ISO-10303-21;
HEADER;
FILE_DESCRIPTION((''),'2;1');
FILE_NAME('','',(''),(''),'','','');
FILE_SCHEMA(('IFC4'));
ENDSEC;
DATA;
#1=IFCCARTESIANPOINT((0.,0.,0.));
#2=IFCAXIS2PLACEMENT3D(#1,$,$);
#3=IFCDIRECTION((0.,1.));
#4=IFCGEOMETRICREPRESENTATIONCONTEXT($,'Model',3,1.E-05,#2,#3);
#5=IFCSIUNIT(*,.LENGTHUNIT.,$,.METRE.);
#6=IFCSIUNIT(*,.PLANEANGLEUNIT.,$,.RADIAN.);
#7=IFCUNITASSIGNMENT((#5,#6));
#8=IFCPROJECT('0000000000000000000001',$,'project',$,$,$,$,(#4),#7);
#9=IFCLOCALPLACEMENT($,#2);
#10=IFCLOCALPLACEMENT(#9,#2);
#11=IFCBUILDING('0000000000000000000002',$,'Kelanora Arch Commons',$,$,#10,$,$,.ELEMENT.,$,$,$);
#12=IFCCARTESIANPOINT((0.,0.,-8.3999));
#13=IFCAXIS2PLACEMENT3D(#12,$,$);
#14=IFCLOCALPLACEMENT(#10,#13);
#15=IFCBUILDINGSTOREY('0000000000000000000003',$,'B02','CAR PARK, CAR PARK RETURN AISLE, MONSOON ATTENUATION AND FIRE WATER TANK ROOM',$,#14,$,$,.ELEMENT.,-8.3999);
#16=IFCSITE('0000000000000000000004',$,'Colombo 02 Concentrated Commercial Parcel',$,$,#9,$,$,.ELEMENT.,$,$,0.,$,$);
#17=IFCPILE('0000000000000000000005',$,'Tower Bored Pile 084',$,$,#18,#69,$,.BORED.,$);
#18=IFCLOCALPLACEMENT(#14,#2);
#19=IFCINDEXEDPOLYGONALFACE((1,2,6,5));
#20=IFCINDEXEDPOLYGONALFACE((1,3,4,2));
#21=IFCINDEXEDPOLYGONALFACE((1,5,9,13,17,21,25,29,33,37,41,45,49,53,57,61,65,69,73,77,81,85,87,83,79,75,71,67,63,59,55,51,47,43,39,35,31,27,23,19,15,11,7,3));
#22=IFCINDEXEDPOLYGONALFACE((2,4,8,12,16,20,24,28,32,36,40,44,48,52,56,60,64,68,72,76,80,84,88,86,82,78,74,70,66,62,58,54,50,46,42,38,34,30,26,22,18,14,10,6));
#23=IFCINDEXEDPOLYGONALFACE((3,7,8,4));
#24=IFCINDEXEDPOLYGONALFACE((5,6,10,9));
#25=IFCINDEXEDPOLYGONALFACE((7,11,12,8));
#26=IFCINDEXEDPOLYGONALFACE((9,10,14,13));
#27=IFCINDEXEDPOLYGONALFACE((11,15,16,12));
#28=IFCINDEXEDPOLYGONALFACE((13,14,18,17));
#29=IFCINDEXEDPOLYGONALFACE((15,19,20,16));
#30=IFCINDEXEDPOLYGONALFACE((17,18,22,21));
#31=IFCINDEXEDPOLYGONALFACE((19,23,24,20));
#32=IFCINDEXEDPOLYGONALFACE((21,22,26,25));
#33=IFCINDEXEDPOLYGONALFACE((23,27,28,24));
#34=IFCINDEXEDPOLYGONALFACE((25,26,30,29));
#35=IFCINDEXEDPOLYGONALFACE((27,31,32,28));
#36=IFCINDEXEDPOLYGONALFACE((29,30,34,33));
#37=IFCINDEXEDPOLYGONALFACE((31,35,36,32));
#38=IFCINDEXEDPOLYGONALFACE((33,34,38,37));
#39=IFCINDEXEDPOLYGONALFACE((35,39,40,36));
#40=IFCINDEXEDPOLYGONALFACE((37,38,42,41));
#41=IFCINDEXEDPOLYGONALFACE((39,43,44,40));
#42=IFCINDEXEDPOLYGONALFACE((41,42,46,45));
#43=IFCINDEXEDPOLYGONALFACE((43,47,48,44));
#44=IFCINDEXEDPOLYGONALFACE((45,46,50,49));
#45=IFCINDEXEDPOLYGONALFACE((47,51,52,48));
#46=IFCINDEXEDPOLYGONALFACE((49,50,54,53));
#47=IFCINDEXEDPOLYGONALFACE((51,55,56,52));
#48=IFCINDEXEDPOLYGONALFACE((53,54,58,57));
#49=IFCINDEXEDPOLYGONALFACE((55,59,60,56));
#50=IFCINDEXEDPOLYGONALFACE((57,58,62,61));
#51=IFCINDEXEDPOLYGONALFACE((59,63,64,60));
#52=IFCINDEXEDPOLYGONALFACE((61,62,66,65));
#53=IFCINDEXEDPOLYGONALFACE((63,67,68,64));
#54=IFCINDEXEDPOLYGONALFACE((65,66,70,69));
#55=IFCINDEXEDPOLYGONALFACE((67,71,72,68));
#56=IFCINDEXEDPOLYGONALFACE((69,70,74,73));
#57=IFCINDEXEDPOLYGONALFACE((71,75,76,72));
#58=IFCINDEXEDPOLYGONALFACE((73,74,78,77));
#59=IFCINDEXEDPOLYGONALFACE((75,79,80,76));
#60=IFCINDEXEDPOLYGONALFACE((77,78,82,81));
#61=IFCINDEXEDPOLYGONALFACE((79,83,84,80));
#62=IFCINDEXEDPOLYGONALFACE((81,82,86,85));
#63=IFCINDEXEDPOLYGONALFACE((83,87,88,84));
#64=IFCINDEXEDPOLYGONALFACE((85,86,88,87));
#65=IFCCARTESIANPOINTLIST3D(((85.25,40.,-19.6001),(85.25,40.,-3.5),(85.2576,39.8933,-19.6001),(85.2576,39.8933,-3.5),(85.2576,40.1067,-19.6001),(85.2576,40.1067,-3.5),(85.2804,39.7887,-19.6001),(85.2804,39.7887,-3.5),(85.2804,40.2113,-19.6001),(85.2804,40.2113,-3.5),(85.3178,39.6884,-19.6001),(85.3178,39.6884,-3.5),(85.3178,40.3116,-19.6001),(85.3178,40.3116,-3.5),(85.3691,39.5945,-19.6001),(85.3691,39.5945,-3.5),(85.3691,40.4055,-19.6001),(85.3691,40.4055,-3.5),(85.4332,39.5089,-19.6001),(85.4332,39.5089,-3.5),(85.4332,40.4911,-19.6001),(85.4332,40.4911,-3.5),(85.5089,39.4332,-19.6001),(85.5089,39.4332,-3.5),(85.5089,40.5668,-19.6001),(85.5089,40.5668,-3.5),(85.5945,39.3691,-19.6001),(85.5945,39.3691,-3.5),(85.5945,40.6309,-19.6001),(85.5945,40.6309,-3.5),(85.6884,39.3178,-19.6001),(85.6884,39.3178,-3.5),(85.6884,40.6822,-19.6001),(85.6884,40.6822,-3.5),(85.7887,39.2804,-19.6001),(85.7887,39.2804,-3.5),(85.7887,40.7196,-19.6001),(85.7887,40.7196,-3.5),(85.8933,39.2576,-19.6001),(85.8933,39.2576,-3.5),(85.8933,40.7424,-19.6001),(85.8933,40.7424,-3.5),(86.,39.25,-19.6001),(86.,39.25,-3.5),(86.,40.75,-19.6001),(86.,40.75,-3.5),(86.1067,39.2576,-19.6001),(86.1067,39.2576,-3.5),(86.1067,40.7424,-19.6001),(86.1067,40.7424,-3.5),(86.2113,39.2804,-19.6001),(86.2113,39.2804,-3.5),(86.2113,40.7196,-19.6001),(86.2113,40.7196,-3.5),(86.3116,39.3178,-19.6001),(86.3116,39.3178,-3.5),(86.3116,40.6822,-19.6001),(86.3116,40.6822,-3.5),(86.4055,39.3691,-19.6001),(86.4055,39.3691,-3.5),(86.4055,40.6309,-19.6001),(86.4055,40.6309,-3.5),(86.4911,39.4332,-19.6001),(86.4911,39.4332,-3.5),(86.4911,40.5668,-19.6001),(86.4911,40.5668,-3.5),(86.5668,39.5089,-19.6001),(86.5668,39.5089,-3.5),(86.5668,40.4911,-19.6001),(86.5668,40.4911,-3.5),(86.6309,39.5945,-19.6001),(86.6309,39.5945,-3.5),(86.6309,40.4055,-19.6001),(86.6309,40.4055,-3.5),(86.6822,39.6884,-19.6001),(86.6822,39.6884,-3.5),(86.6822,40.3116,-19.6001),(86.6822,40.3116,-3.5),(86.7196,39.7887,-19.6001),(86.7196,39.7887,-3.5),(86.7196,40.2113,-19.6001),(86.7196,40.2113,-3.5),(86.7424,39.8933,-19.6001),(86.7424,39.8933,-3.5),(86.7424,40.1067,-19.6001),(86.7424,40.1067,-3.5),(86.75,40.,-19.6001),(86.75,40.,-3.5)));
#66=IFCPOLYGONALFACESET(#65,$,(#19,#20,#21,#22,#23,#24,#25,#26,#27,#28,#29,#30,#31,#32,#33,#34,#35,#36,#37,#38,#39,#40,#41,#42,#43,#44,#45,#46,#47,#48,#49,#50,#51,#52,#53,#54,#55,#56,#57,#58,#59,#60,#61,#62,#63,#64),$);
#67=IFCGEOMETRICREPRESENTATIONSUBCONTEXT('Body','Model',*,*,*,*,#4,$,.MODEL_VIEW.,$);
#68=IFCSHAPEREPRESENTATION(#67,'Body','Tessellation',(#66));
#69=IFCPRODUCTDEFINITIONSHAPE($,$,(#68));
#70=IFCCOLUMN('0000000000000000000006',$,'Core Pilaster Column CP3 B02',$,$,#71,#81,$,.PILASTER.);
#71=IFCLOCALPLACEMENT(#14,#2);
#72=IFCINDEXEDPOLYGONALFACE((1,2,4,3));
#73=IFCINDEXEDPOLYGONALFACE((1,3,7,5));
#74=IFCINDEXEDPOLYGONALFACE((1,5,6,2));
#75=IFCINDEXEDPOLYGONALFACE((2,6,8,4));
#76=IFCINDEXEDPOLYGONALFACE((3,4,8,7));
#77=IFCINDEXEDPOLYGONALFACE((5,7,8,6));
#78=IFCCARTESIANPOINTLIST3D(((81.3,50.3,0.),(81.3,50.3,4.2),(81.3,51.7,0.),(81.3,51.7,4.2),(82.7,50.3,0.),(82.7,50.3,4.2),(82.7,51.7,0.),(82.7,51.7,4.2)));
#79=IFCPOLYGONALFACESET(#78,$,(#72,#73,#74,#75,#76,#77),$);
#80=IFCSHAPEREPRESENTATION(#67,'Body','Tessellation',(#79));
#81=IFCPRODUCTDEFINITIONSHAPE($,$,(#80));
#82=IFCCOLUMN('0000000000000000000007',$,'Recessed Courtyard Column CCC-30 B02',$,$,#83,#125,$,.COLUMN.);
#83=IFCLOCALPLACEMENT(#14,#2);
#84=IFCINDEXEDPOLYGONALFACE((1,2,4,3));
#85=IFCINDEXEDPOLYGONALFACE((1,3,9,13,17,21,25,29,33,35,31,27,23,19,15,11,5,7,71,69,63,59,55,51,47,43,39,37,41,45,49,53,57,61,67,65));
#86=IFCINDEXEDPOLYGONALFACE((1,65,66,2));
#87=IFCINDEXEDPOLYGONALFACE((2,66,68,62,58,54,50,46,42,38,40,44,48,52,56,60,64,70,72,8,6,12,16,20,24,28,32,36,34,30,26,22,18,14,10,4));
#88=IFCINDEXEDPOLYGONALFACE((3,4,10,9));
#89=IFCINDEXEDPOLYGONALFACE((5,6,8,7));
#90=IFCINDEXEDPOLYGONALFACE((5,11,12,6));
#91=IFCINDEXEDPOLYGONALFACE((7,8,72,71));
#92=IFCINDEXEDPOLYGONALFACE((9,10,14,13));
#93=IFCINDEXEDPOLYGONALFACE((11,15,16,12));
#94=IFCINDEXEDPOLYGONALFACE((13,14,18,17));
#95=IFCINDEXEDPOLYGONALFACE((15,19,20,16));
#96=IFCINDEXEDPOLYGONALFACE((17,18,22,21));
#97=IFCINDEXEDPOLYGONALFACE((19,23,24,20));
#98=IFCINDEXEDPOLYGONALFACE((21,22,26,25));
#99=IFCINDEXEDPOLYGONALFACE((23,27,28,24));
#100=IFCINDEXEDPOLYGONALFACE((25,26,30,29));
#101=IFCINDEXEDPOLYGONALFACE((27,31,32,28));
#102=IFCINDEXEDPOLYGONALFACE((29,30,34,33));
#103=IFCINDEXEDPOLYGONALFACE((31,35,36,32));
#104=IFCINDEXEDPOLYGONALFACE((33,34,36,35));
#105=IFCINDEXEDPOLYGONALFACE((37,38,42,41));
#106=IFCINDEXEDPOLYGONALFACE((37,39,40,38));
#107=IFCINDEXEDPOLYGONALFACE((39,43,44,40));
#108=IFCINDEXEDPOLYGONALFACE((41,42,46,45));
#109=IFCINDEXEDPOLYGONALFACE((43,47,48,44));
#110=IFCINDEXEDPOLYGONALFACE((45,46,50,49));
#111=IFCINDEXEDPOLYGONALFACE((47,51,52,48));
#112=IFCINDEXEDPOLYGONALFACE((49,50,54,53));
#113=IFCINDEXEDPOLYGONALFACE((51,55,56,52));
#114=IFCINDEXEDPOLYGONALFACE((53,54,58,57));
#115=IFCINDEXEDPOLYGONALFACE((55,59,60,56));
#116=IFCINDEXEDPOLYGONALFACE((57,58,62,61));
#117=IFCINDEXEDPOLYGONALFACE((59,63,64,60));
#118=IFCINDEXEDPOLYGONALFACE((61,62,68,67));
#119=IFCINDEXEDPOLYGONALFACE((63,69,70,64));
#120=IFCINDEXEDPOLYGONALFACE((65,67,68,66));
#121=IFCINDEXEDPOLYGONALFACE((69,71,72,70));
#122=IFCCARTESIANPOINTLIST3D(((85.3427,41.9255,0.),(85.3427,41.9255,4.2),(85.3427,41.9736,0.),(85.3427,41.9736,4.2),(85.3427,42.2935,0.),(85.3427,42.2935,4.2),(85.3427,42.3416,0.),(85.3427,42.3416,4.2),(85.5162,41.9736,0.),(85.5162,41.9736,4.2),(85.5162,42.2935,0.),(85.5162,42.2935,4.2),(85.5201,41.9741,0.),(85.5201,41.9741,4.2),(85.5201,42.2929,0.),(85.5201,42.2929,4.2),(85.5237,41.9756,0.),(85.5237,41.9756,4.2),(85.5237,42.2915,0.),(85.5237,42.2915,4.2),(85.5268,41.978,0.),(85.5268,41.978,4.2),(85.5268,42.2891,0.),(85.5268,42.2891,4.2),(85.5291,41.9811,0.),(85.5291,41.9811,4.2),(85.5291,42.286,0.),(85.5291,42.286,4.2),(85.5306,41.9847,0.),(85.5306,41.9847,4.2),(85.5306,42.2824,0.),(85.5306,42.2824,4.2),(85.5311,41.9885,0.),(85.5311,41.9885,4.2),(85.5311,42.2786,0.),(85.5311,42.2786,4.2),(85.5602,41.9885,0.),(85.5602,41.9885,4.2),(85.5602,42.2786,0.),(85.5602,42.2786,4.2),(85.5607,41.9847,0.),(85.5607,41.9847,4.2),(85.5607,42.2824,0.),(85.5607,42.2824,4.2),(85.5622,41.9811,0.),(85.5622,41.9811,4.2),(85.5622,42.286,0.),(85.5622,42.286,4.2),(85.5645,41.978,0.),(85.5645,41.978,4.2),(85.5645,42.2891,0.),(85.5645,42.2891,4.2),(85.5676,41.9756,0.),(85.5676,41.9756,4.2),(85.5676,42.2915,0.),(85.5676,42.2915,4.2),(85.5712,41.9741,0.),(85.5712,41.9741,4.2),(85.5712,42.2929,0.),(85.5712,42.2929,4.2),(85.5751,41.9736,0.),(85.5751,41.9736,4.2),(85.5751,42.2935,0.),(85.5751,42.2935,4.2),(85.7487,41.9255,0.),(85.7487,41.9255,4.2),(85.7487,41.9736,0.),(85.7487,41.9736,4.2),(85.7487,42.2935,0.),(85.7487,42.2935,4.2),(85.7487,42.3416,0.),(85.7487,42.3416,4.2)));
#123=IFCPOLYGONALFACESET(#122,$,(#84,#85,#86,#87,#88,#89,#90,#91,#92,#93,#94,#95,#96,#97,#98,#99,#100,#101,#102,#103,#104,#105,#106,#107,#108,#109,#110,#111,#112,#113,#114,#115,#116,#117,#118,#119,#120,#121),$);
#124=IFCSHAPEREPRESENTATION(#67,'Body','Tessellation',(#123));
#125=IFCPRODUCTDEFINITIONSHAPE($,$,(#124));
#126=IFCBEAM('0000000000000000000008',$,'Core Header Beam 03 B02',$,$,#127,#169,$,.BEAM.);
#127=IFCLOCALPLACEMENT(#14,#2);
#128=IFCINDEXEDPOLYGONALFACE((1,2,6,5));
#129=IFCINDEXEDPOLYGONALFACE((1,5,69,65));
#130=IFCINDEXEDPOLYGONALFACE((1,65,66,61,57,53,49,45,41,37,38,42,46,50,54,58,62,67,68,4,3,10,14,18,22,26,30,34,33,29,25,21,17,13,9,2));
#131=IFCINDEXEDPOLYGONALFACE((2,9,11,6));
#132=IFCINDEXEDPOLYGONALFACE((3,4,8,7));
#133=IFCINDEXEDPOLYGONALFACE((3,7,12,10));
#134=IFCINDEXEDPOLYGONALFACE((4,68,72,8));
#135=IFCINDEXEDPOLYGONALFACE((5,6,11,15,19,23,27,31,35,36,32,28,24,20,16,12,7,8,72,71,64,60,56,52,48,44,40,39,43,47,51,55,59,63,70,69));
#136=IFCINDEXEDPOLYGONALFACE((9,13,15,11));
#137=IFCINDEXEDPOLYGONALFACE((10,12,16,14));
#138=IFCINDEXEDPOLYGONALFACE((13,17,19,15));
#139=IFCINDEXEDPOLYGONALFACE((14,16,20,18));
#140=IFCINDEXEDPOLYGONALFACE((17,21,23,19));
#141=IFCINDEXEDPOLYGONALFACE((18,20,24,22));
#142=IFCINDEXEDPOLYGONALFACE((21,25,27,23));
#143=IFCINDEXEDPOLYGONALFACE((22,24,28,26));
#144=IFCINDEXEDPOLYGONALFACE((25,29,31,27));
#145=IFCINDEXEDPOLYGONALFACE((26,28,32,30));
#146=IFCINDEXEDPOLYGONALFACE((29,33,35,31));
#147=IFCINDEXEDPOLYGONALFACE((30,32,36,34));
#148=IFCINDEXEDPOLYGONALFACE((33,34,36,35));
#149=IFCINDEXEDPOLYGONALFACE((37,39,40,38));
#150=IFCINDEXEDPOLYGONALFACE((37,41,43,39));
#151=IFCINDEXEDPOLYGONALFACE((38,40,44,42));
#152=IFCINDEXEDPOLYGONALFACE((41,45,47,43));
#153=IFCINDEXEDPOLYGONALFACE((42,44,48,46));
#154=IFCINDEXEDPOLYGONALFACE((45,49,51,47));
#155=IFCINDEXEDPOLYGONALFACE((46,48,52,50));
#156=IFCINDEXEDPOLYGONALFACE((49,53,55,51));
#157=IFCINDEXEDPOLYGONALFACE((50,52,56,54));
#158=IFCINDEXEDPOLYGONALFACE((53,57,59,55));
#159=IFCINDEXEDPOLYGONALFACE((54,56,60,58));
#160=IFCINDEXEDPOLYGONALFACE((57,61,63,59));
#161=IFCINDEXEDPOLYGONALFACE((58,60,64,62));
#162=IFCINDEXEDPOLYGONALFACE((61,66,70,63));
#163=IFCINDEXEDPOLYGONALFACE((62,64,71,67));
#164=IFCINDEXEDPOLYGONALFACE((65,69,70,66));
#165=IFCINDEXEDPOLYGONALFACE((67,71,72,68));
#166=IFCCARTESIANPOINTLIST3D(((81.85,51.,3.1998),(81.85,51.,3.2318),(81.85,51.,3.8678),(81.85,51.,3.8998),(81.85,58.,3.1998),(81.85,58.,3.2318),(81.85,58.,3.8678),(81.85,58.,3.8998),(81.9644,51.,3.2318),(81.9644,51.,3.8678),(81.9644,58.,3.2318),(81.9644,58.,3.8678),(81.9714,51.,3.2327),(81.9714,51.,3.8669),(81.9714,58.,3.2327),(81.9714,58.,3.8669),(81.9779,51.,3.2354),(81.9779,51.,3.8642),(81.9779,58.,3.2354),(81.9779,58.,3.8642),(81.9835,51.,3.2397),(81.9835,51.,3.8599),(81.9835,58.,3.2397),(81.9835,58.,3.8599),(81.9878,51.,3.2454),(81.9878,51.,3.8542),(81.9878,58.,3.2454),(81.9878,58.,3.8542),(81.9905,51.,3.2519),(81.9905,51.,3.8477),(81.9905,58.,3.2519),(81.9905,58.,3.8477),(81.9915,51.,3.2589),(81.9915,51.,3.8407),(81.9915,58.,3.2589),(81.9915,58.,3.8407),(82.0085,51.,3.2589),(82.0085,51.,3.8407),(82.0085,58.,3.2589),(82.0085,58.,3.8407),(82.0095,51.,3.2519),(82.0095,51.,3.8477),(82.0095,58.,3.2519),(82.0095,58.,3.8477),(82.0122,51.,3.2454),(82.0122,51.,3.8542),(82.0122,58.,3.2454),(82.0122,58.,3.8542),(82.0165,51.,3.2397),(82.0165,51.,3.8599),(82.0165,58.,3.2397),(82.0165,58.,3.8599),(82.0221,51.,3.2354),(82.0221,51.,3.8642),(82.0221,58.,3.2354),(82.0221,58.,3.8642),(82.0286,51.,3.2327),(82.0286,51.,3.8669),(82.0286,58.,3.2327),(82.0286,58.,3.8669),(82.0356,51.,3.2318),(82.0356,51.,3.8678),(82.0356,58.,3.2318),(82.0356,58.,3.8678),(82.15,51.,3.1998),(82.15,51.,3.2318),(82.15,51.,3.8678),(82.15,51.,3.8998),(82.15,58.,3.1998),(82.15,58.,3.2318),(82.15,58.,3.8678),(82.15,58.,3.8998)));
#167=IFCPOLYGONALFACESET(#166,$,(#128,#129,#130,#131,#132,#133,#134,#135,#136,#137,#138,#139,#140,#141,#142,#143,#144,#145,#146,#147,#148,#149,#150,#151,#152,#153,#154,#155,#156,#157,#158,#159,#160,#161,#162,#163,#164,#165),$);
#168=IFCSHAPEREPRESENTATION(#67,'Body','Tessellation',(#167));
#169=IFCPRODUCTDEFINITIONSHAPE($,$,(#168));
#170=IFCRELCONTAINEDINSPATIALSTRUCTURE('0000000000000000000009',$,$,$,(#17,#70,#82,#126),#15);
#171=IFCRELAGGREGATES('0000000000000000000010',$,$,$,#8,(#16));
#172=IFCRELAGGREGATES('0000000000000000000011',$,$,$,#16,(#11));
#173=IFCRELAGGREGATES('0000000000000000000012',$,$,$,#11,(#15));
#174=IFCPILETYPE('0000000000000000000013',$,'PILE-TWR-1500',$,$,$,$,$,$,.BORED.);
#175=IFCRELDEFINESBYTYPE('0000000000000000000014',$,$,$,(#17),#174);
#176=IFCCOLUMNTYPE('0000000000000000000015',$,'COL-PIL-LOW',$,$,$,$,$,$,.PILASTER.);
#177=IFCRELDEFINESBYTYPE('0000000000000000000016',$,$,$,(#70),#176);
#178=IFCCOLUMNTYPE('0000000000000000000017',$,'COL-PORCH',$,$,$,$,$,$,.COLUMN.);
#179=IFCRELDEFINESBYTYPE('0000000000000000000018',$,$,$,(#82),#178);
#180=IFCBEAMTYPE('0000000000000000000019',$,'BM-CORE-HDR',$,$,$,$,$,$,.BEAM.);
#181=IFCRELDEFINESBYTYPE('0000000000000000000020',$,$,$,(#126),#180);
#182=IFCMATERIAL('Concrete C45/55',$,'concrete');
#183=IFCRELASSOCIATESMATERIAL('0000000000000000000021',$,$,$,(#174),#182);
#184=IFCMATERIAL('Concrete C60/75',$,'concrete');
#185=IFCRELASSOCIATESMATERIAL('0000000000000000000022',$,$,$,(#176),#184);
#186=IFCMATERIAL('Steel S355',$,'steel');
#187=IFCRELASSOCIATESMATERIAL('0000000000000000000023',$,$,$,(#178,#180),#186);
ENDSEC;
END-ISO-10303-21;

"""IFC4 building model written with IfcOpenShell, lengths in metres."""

from ifc_helpers import new_model, si_unit, direction, frame, origin, origin_2d, place, context, subcontext, project, spatial, rectangle, circle, i_section, extrude, source, transform, mapped, material, material_profile, profile_set, type_object, element, save


model = new_model("IFC4")

# Units and contexts
model_context = context("Model", 3, precision=1e-05, world=origin(), true_north=direction((0.0, 1.0)))
body_context = subcontext(model_context, "Body", "Model", "MODEL_VIEW")
ifc_project = project(units=[si_unit("LENGTHUNIT", "METRE"), si_unit("PLANEANGLEUNIT", "RADIAN")], contexts=[model_context])

# Site, building, storey
site_placement = place(None, origin())
site = spatial("IfcSite", under=ifc_project, at=site_placement, Name="Colombo 02 Concentrated Commercial Parcel", CompositionType="ELEMENT", RefElevation=0.0)
building_placement = place(site_placement, origin())
building = spatial("IfcBuilding", under=site, at=building_placement, Name="Kelanora Arch Commons", CompositionType="ELEMENT")
storey_placement = place(building_placement, frame((0.0, 0.0, -8.3999)))
storey = spatial("IfcBuildingStorey", under=building, at=storey_placement, Name="B02", Description="CAR PARK, CAR PARK RETURN AISLE, MONSOON ATTENUATION AND FIRE WATER TANK ROOM", CompositionType="ELEMENT", Elevation=-8.3999)

# Pile
ifc_material_1 = material(Name="Concrete C45/55", Category="concrete")
ifc_material_profile_1 = material_profile(ifc_material_1, circle(Radius=0.75, at=origin_2d()), Name="PILE1500")
ifc_profile_set_1 = profile_set([ifc_material_profile_1], Name="Concrete C45/55")
pile_type = type_object("IfcPileType", Name="PILE-TWR-1500", PredefinedType="BORED", material=ifc_profile_set_1)
shared_shape = source(origin(), body_context, "Body", "SweptSolid", [
    extrude(circle(Radius=0.75, at=origin_2d()), origin(), (0.0, 0.0, 1.0), 16.1001),
])
for number, where, z_axis, x_axis, name in (
    (1, (86.0, 40.0, -3.5), (0.0, 0.0, -1.0), (1.0, 0.0, 0.0), "Tower Bored Pile 084"),
):
    element("IfcPile", number, at=place(storey_placement, frame(where, z_axis=z_axis, x_axis=x_axis)), inside=storey, type_object=pile_type, Name=name, PredefinedType="BORED", context=body_context, shape_type="MappedRepresentation", body=[
        mapped(shared_shape, transform((0.0, 0.0, 0.0), scale=1.0)),
    ])

# Columns
ifc_material_2 = material(Name="Concrete C60/75", Category="concrete")
ifc_material_profile_2 = material_profile(ifc_material_2, rectangle(XDim=1.3999, YDim=1.3999, at=origin_2d()), Name="RC1400x1400")
ifc_profile_set_2 = profile_set([ifc_material_profile_2], Name="Concrete C60/75")
column_type_1 = type_object("IfcColumnType", Name="COL-PIL-LOW", PredefinedType="PILASTER", material=ifc_profile_set_2)
column_1_placement = place(storey_placement, frame((82.0, 51.0, 0.0), z_axis=(0.0, 0.0, 1.0), x_axis=(1.0, 0.0, 0.0)))
element("IfcColumn", 2, at=column_1_placement, inside=storey, type_object=column_type_1, Name="Core Pilaster Column CP3 B02", PredefinedType="PILASTER", context=body_context, shape_type="SweptSolid", body=[
    extrude(rectangle(XDim=1.3999, YDim=1.3999, at=origin_2d()), origin(), (0.0, 0.0, 1.0), 4.2),
])
ifc_material_3 = material(Name="Steel S355", Category="steel")
ifc_material_profile_3 = material_profile(ifc_material_3, i_section(OverallWidth=0.406, OverallDepth=0.416, WebThickness=0.0291, FlangeThickness=0.0481, FilletRadius=0.0149, at=origin_2d()), Name="HD400x382")
ifc_profile_set_3 = profile_set([ifc_material_profile_3], Name="Steel S355")
column_type_2 = type_object("IfcColumnType", Name="COL-PORCH", PredefinedType="COLUMN", material=ifc_profile_set_3)
column_2_placement = place(storey_placement, frame((85.5457, 42.1335, 0.0), z_axis=(0.0, 0.0, 1.0), x_axis=(1.0, 0.0, 0.0)))
element("IfcColumn", 3, at=column_2_placement, inside=storey, type_object=column_type_2, Name="Recessed Courtyard Column CCC-30 B02", PredefinedType="COLUMN", context=body_context, shape_type="SweptSolid", body=[
    extrude(i_section(OverallWidth=0.406, OverallDepth=0.416, WebThickness=0.0291, FlangeThickness=0.0481, FilletRadius=0.0149, at=origin_2d()), origin(), (0.0, 0.0, 1.0), 4.2),
])

# Beam
ifc_material_profile_4 = material_profile(ifc_material_3, i_section(OverallWidth=0.3, OverallDepth=0.7, WebThickness=0.0171, FlangeThickness=0.032, FilletRadius=0.0271, at=origin_2d()), Name="HEB700")
ifc_profile_set_4 = profile_set([ifc_material_profile_4], Name="Steel S355")
beam_type_1 = type_object("IfcBeamType", Name="BM-CORE-HDR", PredefinedType="BEAM", material=ifc_profile_set_4)
beam_1_placement = place(storey_placement, frame((82.0, 51.0, 3.5498), z_axis=(0.0, 1.0, 0.0), x_axis=(-1.0, 0.0, 0.0)))
element("IfcBeam", 4, at=beam_1_placement, inside=storey, type_object=beam_type_1, Name="Core Header Beam 03 B02", PredefinedType="BEAM", context=body_context, shape_type="SweptSolid", body=[
    extrude(i_section(OverallWidth=0.3, OverallDepth=0.7, WebThickness=0.0171, FlangeThickness=0.032, FilletRadius=0.0271, at=origin_2d()), origin(), (0.0, 0.0, 1.0), 7.0),
])

save(model, "model.ifc")
